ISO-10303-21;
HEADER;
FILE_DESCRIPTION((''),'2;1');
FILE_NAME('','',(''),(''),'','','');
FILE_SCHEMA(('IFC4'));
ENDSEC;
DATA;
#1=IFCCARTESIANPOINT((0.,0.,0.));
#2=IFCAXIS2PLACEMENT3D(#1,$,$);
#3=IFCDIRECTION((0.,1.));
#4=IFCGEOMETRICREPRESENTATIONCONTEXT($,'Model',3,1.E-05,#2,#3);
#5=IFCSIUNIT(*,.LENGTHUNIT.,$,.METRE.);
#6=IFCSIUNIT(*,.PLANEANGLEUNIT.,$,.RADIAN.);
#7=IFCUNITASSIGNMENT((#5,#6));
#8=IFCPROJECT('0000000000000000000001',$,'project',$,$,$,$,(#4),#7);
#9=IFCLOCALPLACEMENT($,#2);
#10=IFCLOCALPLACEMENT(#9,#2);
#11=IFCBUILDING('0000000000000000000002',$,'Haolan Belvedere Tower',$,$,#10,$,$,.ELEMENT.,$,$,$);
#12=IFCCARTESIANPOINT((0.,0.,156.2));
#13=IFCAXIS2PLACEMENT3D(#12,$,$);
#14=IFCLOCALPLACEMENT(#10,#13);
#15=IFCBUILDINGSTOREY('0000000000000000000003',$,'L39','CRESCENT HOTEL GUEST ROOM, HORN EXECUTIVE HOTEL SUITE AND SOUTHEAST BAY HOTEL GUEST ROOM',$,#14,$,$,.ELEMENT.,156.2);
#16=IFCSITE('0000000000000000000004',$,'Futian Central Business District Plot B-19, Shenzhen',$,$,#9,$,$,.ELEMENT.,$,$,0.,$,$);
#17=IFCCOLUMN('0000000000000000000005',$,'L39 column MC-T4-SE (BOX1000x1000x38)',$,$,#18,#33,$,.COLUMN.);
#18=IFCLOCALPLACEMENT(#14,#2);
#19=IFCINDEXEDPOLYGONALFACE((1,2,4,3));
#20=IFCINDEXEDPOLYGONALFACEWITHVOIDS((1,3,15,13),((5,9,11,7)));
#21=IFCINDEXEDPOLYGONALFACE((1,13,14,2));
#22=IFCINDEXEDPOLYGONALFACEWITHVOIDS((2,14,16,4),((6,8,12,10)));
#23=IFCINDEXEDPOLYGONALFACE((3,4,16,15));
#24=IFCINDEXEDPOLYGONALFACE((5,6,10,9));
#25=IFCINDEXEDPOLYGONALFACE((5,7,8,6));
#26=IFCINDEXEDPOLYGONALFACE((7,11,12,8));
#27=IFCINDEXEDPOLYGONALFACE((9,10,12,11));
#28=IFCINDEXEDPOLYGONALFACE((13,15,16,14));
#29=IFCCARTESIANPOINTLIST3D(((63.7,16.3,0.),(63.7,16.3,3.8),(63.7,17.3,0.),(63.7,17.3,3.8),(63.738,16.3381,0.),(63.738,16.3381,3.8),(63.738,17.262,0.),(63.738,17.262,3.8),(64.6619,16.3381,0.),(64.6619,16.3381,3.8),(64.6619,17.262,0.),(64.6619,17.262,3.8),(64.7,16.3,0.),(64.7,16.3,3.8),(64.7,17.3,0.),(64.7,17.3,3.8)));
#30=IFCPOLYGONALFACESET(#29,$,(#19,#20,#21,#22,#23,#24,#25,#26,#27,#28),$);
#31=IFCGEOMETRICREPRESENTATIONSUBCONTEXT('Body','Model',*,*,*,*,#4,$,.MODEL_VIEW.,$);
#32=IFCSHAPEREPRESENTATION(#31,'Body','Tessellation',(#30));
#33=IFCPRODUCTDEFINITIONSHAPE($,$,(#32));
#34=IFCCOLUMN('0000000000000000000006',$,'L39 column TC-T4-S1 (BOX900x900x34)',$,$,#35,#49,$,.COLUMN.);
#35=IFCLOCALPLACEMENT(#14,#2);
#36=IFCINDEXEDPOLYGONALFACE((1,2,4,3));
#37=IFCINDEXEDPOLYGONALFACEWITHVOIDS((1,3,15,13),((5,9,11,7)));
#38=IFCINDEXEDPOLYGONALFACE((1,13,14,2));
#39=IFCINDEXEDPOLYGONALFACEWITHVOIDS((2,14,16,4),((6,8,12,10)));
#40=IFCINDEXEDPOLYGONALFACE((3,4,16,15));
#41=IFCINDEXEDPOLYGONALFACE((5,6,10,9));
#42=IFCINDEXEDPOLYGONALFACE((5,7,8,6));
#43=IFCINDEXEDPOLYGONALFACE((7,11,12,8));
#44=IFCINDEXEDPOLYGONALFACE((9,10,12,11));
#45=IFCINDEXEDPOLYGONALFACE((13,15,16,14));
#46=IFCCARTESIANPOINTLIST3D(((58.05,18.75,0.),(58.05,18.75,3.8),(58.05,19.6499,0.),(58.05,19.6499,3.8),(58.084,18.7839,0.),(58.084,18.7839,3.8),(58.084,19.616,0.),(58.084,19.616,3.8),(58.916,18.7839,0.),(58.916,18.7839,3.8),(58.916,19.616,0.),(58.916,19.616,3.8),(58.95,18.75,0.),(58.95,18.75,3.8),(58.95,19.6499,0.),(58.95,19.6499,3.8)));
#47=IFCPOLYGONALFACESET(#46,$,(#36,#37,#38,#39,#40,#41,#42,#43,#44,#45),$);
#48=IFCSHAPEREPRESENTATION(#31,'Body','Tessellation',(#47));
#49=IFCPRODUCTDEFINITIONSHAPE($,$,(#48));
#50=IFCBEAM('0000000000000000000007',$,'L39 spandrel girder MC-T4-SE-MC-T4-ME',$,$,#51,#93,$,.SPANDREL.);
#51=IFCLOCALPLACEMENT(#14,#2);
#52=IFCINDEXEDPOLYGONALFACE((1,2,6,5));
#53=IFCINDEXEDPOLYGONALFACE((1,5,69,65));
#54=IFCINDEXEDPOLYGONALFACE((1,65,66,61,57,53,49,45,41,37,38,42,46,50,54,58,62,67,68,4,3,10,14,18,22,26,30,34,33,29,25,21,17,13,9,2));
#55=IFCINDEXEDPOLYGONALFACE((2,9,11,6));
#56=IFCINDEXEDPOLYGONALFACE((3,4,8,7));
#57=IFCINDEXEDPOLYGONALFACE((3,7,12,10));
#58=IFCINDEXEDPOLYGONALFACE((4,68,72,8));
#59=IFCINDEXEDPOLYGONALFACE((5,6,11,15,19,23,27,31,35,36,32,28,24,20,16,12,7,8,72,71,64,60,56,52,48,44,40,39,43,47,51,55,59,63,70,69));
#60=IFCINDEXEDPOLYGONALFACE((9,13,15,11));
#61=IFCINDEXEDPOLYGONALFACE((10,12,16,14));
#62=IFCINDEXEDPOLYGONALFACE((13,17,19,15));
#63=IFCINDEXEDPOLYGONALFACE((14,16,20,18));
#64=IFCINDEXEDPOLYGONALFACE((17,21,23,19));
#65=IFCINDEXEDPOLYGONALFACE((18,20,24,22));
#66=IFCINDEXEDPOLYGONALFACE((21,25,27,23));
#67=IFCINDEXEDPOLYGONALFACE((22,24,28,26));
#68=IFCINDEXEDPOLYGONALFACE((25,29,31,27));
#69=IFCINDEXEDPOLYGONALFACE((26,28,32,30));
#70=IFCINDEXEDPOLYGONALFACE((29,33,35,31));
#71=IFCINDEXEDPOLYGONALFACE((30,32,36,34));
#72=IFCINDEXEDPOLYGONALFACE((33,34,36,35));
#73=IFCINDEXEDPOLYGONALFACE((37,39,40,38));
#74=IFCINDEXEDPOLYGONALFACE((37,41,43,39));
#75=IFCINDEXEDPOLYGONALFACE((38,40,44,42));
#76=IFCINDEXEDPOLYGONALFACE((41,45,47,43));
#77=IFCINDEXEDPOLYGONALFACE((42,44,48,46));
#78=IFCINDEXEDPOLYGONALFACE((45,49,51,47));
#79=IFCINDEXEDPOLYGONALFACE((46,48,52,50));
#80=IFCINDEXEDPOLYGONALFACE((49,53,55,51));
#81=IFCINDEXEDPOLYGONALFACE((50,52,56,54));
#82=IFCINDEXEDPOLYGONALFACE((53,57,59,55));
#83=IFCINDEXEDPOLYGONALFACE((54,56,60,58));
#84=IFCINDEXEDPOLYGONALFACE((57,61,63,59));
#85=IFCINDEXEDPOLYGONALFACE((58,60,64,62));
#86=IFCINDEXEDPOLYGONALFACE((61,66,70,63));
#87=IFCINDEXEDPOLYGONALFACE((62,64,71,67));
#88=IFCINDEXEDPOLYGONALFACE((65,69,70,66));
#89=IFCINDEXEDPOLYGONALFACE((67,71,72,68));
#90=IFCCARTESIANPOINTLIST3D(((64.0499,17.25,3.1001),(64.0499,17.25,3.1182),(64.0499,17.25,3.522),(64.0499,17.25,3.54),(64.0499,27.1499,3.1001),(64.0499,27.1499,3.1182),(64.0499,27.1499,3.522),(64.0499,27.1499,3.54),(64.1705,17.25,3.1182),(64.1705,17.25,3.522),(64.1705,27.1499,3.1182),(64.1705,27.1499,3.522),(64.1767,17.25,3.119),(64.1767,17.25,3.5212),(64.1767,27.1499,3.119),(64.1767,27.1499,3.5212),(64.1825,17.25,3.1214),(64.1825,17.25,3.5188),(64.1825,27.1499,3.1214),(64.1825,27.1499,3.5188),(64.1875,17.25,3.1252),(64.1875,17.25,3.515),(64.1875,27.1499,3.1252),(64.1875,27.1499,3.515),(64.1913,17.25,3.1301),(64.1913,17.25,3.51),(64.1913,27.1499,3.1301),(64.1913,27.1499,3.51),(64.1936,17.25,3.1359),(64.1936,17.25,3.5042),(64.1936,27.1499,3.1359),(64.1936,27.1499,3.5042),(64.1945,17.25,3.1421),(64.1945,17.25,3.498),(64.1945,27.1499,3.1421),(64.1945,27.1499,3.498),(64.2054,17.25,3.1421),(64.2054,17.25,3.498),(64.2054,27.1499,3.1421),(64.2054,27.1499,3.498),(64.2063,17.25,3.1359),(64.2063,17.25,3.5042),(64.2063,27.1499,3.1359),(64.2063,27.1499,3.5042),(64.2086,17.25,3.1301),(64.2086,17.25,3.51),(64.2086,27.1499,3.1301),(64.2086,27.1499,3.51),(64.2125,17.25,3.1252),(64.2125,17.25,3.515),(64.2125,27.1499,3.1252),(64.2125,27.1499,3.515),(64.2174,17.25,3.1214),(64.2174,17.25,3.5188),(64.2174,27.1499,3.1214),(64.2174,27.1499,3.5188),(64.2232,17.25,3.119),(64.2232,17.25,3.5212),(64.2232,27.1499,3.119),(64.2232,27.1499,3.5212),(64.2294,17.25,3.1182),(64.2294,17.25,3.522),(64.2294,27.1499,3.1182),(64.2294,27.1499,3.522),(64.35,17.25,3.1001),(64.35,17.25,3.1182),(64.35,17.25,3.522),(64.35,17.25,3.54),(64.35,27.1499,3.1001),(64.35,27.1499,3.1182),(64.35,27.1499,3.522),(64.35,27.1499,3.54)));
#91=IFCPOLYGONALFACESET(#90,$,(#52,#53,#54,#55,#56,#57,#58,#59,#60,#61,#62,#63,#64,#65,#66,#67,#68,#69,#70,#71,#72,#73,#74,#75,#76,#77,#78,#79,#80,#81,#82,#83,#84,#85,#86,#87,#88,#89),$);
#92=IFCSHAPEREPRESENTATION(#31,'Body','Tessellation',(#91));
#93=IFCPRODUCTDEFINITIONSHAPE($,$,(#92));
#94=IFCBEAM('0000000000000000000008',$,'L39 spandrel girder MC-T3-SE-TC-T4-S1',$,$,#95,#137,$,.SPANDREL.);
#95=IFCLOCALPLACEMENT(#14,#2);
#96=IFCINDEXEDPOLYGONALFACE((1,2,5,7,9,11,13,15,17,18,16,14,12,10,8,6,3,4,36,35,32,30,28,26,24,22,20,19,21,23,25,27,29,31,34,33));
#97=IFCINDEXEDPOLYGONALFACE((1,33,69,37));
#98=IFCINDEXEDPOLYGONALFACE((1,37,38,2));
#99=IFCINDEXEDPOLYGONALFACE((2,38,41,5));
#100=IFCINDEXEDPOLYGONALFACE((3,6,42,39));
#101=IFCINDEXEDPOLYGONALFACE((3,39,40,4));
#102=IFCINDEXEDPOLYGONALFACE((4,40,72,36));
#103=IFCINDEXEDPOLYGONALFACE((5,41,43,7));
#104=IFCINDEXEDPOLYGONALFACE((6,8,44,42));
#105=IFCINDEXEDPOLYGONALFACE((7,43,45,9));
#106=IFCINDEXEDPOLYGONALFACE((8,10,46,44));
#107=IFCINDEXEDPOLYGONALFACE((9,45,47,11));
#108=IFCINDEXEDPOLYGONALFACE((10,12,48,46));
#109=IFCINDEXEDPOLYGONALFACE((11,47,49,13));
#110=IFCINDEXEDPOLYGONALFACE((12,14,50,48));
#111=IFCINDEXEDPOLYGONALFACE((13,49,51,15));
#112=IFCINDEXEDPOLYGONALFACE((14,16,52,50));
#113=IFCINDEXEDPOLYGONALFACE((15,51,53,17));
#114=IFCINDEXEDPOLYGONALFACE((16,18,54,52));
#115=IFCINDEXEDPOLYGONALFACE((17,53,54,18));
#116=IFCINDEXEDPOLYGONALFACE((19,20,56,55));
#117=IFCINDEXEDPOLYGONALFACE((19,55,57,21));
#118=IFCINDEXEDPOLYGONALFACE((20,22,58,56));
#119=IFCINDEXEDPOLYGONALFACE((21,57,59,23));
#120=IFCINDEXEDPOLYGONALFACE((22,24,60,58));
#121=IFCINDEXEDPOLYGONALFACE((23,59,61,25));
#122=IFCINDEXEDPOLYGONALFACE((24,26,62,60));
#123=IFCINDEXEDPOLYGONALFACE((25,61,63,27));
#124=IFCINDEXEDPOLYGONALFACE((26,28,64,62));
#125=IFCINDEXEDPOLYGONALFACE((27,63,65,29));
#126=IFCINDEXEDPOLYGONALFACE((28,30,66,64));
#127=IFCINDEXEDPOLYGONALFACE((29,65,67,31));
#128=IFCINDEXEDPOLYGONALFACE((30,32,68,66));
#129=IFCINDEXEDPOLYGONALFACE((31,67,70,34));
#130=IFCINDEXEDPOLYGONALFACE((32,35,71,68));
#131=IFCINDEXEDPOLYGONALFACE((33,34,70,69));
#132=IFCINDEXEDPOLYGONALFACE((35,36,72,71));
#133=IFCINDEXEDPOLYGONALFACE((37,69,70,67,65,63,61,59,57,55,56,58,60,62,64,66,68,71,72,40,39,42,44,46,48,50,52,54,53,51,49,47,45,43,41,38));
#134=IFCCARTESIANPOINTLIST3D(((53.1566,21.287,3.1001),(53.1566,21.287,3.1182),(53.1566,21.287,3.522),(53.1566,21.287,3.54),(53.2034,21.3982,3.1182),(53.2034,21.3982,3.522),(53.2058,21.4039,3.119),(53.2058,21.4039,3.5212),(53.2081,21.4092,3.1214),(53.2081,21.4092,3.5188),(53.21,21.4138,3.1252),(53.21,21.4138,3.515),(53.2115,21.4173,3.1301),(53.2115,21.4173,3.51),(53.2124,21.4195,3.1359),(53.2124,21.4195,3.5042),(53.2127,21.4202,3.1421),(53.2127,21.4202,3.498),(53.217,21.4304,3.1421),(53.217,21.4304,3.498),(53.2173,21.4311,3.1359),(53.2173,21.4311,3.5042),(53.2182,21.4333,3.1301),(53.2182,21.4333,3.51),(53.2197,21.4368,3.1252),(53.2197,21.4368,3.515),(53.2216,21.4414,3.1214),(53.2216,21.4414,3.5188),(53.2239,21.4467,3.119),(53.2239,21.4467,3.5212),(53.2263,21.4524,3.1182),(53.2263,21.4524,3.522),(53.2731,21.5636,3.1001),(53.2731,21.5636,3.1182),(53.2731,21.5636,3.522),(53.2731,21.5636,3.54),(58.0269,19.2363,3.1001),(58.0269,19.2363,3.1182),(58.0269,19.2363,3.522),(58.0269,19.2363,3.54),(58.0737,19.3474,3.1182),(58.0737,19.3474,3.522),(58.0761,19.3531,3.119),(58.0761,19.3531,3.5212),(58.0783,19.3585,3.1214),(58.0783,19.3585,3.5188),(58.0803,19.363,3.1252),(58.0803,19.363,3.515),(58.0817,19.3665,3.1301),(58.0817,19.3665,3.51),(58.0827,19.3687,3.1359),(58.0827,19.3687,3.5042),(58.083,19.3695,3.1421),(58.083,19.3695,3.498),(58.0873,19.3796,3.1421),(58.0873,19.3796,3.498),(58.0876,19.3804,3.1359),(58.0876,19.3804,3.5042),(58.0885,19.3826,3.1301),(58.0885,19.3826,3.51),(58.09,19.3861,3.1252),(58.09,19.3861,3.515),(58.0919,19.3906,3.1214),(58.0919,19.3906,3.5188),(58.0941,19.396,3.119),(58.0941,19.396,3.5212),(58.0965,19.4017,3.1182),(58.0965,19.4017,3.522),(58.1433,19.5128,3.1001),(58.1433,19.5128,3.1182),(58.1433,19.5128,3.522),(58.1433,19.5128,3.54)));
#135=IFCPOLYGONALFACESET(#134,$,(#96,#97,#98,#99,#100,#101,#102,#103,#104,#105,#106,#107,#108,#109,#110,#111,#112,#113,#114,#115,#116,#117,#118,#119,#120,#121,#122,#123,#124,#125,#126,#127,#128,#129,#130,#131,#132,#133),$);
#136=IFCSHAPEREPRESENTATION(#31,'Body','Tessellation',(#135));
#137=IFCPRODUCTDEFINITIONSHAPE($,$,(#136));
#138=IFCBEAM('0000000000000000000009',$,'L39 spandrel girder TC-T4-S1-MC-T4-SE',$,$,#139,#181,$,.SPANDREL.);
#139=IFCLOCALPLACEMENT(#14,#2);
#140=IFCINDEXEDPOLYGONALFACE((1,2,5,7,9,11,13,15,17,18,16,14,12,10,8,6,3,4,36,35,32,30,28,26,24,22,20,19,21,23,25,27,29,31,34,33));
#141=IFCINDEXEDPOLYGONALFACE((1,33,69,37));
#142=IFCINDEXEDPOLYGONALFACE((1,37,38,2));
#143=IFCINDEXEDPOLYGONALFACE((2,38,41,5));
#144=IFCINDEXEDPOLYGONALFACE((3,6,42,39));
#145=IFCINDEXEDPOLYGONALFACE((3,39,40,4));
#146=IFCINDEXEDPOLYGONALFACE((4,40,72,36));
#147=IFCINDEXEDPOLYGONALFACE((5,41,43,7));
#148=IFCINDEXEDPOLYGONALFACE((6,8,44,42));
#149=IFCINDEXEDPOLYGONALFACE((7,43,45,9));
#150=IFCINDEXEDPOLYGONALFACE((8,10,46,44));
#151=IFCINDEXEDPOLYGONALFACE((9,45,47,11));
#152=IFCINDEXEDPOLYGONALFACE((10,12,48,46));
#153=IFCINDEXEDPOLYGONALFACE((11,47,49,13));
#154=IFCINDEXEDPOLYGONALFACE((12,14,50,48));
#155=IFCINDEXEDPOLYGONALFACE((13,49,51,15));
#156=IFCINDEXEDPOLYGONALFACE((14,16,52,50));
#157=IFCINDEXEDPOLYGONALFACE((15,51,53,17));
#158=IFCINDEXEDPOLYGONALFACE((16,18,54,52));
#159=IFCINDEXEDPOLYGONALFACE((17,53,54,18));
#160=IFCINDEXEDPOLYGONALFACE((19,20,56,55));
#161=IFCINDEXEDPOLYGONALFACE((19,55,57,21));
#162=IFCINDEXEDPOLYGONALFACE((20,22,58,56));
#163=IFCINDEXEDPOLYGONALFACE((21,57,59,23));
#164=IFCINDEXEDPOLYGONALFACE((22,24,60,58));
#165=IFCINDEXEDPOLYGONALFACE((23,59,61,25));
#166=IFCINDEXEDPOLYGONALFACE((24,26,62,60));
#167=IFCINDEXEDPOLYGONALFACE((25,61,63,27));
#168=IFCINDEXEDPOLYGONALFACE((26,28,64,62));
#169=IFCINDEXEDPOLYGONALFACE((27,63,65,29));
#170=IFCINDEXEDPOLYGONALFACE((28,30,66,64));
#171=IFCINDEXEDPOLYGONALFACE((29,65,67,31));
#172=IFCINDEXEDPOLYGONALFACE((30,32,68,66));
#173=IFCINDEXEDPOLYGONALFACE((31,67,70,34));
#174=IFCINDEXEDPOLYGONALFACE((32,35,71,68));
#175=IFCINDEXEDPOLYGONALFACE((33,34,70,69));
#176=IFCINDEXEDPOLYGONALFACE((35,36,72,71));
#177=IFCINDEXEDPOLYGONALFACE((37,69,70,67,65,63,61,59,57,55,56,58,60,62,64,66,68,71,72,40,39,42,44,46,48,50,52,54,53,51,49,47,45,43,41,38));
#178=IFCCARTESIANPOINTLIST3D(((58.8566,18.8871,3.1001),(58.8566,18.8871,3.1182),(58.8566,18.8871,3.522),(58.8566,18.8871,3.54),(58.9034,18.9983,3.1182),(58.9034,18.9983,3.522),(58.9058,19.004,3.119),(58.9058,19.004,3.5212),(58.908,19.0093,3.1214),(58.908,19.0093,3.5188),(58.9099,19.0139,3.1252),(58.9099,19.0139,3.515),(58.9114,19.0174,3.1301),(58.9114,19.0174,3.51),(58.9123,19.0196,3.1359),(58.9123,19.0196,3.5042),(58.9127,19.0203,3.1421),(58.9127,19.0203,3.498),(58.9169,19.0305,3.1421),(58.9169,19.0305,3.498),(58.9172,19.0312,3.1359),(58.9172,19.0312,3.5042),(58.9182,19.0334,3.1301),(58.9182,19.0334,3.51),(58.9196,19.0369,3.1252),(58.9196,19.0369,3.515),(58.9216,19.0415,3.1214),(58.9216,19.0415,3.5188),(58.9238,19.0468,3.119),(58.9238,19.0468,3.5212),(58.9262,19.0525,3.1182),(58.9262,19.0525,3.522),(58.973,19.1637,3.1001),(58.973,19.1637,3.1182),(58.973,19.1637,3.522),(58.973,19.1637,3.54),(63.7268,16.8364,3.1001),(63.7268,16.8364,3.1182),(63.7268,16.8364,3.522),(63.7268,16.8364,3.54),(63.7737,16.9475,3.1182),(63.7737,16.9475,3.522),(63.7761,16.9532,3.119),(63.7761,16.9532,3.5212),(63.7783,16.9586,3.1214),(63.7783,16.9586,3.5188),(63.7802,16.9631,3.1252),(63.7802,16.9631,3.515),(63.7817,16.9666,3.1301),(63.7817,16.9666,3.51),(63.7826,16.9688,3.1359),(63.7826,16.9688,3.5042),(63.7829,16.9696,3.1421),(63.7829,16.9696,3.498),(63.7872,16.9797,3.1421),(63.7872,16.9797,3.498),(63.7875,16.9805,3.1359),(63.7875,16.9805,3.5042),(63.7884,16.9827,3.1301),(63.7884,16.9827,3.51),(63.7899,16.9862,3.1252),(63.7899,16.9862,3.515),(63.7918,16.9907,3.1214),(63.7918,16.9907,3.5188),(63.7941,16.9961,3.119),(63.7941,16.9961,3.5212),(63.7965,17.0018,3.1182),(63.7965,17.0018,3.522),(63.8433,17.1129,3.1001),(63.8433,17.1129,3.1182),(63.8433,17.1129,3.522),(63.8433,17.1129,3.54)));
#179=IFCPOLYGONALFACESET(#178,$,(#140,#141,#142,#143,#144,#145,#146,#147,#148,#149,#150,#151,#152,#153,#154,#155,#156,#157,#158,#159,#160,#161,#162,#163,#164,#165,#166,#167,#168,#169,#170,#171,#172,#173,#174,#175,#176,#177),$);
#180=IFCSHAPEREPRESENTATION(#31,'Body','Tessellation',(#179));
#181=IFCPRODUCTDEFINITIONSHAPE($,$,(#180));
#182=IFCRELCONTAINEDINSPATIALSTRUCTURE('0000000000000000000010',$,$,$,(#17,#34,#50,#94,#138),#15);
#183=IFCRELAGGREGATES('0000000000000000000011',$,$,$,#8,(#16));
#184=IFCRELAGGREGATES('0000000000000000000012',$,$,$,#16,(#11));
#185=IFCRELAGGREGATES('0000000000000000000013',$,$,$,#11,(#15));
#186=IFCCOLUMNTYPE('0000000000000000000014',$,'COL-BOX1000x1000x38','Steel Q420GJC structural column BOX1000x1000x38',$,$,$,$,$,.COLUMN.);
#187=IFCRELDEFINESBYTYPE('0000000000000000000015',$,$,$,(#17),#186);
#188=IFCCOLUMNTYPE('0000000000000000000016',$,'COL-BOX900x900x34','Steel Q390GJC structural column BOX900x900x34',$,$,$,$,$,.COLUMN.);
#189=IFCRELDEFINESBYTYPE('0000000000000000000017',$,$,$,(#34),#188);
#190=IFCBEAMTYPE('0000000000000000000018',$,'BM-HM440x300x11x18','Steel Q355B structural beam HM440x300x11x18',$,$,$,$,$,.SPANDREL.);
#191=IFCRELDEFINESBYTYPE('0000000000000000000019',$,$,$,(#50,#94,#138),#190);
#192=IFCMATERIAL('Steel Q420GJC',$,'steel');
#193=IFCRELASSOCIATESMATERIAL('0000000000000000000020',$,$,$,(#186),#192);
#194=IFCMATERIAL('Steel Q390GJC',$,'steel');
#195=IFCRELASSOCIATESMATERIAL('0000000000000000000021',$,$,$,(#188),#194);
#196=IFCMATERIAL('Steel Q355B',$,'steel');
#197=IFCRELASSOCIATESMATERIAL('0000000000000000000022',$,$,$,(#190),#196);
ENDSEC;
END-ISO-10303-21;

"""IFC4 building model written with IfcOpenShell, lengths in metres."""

from ifc_helpers import new_model, si_unit, direction, frame, origin, origin_2d, place, context, subcontext, project, spatial, hollow_rectangle, i_section, extrude, material, material_profile, profile_set, type_object, element, save


model = new_model("IFC4")

# Units and contexts
model_context = context("Model", 3, precision=1e-05, world=origin(), true_north=direction((0.0, 1.0)))
body_context = subcontext(model_context, "Body", "Model", "MODEL_VIEW")
ifc_project = project(units=[si_unit("LENGTHUNIT", "METRE"), si_unit("PLANEANGLEUNIT", "RADIAN")], contexts=[model_context])

# Site, building, storey
site_placement = place(None, origin())
site = spatial("IfcSite", under=ifc_project, at=site_placement, Name="Futian Central Business District Plot B-19, Shenzhen", CompositionType="ELEMENT", RefElevation=0.0)
building_placement = place(site_placement, origin())
building = spatial("IfcBuilding", under=site, at=building_placement, Name="Haolan Belvedere Tower", CompositionType="ELEMENT")
storey_placement = place(building_placement, frame((0.0, 0.0, 156.2)))
storey = spatial("IfcBuildingStorey", under=building, at=storey_placement, Name="L39", Description="CRESCENT HOTEL GUEST ROOM, HORN EXECUTIVE HOTEL SUITE AND SOUTHEAST BAY HOTEL GUEST ROOM", CompositionType="ELEMENT", Elevation=156.2)

# Columns
ifc_material_1 = material(Name="Steel Q420GJC", Category="steel")
ifc_material_profile_1 = material_profile(ifc_material_1, hollow_rectangle(XDim=1.0, YDim=1.0, WallThickness=0.0381, at=origin_2d()), Name="Steel Q420GJC")
ifc_profile_set_1 = profile_set([ifc_material_profile_1], Name="Steel Q420GJC")
column_type_1 = type_object("IfcColumnType", Name="COL-BOX1000x1000x38", Description="Steel Q420GJC structural column BOX1000x1000x38", PredefinedType="COLUMN", material=ifc_profile_set_1)
column_1_placement = place(storey_placement, frame((64.2, 16.8, 0.0), z_axis=(0.0, 0.0, 1.0), x_axis=(1.0, 0.0, 0.0)))
element("IfcColumn", 1, at=column_1_placement, inside=storey, type_object=column_type_1, Name="L39 column MC-T4-SE (BOX1000x1000x38)", PredefinedType="COLUMN", context=body_context, shape_type="SweptSolid", body=[
    extrude(hollow_rectangle(XDim=1.0, YDim=1.0, WallThickness=0.0381, at=origin_2d()), origin(), (0.0, 0.0, 1.0), 3.8),
])
ifc_material_2 = material(Name="Steel Q390GJC", Category="steel")
ifc_material_profile_2 = material_profile(ifc_material_2, hollow_rectangle(XDim=0.8999, YDim=0.8999, WallThickness=0.0339, at=origin_2d()), Name="Steel Q390GJC")
ifc_profile_set_2 = profile_set([ifc_material_profile_2], Name="Steel Q390GJC")
column_type_2 = type_object("IfcColumnType", Name="COL-BOX900x900x34", Description="Steel Q390GJC structural column BOX900x900x34", PredefinedType="COLUMN", material=ifc_profile_set_2)
column_2_placement = place(storey_placement, frame((58.5, 19.2, 0.0), z_axis=(0.0, 0.0, 1.0), x_axis=(1.0, 0.0, 0.0)))
element("IfcColumn", 2, at=column_2_placement, inside=storey, type_object=column_type_2, Name="L39 column TC-T4-S1 (BOX900x900x34)", PredefinedType="COLUMN", context=body_context, shape_type="SweptSolid", body=[
    extrude(hollow_rectangle(XDim=0.8999, YDim=0.8999, WallThickness=0.0339, at=origin_2d()), origin(), (0.0, 0.0, 1.0), 3.8),
])

# Beams
ifc_material_3 = material(Name="Steel Q355B", Category="steel")
ifc_material_profile_3 = material_profile(ifc_material_3, i_section(OverallWidth=0.3, OverallDepth=0.4399, WebThickness=0.011, FlangeThickness=0.0181, FilletRadius=0.0239, at=origin_2d()), Name="Steel Q355B")
ifc_profile_set_3 = profile_set([ifc_material_profile_3], Name="Steel Q355B")
beam_type_1 = type_object("IfcBeamType", Name="BM-HM440x300x11x18", Description="Steel Q355B structural beam HM440x300x11x18", PredefinedType="SPANDREL", material=ifc_profile_set_3)
beam_1_placement = place(storey_placement, frame((64.2, 17.25, 3.3201), z_axis=(0.0, 1.0, 0.0), x_axis=(-1.0, 0.0, 0.0)))
element("IfcBeam", 3, at=beam_1_placement, inside=storey, type_object=beam_type_1, Name="L39 spandrel girder MC-T4-SE-MC-T4-ME", PredefinedType="SPANDREL", context=body_context, shape_type="SweptSolid", body=[
    extrude(i_section(OverallWidth=0.3, OverallDepth=0.4399, WebThickness=0.011, FlangeThickness=0.0181, FilletRadius=0.0239, at=origin_2d()), origin(), (0.0, 0.0, 1.0), 9.8999),
])
for number, where, z_axis, x_axis, name in (
    (4, (53.2148, 21.4253, 3.3201), (0.921628, -0.388074, 0.0), (0.388074, 0.921628, 0.0), "L39 spandrel girder MC-T3-SE-TC-T4-S1"),
    (5, (58.9148, 19.0254, 3.3201), (0.921628, -0.388074, 0.0), (0.388074, 0.921628, 0.0), "L39 spandrel girder TC-T4-S1-MC-T4-SE"),
):
    element("IfcBeam", number, at=place(storey_placement, frame(where, z_axis=z_axis, x_axis=x_axis)), inside=storey, type_object=beam_type_1, Name=name, PredefinedType="SPANDREL", context=body_context, shape_type="SweptSolid", body=[
        extrude(i_section(OverallWidth=0.3, OverallDepth=0.4399, WebThickness=0.011, FlangeThickness=0.0181, FilletRadius=0.0239, at=origin_2d()), origin(), (0.0, 0.0, 1.0), 5.2844),
    ])

save(model, "model.ifc")
